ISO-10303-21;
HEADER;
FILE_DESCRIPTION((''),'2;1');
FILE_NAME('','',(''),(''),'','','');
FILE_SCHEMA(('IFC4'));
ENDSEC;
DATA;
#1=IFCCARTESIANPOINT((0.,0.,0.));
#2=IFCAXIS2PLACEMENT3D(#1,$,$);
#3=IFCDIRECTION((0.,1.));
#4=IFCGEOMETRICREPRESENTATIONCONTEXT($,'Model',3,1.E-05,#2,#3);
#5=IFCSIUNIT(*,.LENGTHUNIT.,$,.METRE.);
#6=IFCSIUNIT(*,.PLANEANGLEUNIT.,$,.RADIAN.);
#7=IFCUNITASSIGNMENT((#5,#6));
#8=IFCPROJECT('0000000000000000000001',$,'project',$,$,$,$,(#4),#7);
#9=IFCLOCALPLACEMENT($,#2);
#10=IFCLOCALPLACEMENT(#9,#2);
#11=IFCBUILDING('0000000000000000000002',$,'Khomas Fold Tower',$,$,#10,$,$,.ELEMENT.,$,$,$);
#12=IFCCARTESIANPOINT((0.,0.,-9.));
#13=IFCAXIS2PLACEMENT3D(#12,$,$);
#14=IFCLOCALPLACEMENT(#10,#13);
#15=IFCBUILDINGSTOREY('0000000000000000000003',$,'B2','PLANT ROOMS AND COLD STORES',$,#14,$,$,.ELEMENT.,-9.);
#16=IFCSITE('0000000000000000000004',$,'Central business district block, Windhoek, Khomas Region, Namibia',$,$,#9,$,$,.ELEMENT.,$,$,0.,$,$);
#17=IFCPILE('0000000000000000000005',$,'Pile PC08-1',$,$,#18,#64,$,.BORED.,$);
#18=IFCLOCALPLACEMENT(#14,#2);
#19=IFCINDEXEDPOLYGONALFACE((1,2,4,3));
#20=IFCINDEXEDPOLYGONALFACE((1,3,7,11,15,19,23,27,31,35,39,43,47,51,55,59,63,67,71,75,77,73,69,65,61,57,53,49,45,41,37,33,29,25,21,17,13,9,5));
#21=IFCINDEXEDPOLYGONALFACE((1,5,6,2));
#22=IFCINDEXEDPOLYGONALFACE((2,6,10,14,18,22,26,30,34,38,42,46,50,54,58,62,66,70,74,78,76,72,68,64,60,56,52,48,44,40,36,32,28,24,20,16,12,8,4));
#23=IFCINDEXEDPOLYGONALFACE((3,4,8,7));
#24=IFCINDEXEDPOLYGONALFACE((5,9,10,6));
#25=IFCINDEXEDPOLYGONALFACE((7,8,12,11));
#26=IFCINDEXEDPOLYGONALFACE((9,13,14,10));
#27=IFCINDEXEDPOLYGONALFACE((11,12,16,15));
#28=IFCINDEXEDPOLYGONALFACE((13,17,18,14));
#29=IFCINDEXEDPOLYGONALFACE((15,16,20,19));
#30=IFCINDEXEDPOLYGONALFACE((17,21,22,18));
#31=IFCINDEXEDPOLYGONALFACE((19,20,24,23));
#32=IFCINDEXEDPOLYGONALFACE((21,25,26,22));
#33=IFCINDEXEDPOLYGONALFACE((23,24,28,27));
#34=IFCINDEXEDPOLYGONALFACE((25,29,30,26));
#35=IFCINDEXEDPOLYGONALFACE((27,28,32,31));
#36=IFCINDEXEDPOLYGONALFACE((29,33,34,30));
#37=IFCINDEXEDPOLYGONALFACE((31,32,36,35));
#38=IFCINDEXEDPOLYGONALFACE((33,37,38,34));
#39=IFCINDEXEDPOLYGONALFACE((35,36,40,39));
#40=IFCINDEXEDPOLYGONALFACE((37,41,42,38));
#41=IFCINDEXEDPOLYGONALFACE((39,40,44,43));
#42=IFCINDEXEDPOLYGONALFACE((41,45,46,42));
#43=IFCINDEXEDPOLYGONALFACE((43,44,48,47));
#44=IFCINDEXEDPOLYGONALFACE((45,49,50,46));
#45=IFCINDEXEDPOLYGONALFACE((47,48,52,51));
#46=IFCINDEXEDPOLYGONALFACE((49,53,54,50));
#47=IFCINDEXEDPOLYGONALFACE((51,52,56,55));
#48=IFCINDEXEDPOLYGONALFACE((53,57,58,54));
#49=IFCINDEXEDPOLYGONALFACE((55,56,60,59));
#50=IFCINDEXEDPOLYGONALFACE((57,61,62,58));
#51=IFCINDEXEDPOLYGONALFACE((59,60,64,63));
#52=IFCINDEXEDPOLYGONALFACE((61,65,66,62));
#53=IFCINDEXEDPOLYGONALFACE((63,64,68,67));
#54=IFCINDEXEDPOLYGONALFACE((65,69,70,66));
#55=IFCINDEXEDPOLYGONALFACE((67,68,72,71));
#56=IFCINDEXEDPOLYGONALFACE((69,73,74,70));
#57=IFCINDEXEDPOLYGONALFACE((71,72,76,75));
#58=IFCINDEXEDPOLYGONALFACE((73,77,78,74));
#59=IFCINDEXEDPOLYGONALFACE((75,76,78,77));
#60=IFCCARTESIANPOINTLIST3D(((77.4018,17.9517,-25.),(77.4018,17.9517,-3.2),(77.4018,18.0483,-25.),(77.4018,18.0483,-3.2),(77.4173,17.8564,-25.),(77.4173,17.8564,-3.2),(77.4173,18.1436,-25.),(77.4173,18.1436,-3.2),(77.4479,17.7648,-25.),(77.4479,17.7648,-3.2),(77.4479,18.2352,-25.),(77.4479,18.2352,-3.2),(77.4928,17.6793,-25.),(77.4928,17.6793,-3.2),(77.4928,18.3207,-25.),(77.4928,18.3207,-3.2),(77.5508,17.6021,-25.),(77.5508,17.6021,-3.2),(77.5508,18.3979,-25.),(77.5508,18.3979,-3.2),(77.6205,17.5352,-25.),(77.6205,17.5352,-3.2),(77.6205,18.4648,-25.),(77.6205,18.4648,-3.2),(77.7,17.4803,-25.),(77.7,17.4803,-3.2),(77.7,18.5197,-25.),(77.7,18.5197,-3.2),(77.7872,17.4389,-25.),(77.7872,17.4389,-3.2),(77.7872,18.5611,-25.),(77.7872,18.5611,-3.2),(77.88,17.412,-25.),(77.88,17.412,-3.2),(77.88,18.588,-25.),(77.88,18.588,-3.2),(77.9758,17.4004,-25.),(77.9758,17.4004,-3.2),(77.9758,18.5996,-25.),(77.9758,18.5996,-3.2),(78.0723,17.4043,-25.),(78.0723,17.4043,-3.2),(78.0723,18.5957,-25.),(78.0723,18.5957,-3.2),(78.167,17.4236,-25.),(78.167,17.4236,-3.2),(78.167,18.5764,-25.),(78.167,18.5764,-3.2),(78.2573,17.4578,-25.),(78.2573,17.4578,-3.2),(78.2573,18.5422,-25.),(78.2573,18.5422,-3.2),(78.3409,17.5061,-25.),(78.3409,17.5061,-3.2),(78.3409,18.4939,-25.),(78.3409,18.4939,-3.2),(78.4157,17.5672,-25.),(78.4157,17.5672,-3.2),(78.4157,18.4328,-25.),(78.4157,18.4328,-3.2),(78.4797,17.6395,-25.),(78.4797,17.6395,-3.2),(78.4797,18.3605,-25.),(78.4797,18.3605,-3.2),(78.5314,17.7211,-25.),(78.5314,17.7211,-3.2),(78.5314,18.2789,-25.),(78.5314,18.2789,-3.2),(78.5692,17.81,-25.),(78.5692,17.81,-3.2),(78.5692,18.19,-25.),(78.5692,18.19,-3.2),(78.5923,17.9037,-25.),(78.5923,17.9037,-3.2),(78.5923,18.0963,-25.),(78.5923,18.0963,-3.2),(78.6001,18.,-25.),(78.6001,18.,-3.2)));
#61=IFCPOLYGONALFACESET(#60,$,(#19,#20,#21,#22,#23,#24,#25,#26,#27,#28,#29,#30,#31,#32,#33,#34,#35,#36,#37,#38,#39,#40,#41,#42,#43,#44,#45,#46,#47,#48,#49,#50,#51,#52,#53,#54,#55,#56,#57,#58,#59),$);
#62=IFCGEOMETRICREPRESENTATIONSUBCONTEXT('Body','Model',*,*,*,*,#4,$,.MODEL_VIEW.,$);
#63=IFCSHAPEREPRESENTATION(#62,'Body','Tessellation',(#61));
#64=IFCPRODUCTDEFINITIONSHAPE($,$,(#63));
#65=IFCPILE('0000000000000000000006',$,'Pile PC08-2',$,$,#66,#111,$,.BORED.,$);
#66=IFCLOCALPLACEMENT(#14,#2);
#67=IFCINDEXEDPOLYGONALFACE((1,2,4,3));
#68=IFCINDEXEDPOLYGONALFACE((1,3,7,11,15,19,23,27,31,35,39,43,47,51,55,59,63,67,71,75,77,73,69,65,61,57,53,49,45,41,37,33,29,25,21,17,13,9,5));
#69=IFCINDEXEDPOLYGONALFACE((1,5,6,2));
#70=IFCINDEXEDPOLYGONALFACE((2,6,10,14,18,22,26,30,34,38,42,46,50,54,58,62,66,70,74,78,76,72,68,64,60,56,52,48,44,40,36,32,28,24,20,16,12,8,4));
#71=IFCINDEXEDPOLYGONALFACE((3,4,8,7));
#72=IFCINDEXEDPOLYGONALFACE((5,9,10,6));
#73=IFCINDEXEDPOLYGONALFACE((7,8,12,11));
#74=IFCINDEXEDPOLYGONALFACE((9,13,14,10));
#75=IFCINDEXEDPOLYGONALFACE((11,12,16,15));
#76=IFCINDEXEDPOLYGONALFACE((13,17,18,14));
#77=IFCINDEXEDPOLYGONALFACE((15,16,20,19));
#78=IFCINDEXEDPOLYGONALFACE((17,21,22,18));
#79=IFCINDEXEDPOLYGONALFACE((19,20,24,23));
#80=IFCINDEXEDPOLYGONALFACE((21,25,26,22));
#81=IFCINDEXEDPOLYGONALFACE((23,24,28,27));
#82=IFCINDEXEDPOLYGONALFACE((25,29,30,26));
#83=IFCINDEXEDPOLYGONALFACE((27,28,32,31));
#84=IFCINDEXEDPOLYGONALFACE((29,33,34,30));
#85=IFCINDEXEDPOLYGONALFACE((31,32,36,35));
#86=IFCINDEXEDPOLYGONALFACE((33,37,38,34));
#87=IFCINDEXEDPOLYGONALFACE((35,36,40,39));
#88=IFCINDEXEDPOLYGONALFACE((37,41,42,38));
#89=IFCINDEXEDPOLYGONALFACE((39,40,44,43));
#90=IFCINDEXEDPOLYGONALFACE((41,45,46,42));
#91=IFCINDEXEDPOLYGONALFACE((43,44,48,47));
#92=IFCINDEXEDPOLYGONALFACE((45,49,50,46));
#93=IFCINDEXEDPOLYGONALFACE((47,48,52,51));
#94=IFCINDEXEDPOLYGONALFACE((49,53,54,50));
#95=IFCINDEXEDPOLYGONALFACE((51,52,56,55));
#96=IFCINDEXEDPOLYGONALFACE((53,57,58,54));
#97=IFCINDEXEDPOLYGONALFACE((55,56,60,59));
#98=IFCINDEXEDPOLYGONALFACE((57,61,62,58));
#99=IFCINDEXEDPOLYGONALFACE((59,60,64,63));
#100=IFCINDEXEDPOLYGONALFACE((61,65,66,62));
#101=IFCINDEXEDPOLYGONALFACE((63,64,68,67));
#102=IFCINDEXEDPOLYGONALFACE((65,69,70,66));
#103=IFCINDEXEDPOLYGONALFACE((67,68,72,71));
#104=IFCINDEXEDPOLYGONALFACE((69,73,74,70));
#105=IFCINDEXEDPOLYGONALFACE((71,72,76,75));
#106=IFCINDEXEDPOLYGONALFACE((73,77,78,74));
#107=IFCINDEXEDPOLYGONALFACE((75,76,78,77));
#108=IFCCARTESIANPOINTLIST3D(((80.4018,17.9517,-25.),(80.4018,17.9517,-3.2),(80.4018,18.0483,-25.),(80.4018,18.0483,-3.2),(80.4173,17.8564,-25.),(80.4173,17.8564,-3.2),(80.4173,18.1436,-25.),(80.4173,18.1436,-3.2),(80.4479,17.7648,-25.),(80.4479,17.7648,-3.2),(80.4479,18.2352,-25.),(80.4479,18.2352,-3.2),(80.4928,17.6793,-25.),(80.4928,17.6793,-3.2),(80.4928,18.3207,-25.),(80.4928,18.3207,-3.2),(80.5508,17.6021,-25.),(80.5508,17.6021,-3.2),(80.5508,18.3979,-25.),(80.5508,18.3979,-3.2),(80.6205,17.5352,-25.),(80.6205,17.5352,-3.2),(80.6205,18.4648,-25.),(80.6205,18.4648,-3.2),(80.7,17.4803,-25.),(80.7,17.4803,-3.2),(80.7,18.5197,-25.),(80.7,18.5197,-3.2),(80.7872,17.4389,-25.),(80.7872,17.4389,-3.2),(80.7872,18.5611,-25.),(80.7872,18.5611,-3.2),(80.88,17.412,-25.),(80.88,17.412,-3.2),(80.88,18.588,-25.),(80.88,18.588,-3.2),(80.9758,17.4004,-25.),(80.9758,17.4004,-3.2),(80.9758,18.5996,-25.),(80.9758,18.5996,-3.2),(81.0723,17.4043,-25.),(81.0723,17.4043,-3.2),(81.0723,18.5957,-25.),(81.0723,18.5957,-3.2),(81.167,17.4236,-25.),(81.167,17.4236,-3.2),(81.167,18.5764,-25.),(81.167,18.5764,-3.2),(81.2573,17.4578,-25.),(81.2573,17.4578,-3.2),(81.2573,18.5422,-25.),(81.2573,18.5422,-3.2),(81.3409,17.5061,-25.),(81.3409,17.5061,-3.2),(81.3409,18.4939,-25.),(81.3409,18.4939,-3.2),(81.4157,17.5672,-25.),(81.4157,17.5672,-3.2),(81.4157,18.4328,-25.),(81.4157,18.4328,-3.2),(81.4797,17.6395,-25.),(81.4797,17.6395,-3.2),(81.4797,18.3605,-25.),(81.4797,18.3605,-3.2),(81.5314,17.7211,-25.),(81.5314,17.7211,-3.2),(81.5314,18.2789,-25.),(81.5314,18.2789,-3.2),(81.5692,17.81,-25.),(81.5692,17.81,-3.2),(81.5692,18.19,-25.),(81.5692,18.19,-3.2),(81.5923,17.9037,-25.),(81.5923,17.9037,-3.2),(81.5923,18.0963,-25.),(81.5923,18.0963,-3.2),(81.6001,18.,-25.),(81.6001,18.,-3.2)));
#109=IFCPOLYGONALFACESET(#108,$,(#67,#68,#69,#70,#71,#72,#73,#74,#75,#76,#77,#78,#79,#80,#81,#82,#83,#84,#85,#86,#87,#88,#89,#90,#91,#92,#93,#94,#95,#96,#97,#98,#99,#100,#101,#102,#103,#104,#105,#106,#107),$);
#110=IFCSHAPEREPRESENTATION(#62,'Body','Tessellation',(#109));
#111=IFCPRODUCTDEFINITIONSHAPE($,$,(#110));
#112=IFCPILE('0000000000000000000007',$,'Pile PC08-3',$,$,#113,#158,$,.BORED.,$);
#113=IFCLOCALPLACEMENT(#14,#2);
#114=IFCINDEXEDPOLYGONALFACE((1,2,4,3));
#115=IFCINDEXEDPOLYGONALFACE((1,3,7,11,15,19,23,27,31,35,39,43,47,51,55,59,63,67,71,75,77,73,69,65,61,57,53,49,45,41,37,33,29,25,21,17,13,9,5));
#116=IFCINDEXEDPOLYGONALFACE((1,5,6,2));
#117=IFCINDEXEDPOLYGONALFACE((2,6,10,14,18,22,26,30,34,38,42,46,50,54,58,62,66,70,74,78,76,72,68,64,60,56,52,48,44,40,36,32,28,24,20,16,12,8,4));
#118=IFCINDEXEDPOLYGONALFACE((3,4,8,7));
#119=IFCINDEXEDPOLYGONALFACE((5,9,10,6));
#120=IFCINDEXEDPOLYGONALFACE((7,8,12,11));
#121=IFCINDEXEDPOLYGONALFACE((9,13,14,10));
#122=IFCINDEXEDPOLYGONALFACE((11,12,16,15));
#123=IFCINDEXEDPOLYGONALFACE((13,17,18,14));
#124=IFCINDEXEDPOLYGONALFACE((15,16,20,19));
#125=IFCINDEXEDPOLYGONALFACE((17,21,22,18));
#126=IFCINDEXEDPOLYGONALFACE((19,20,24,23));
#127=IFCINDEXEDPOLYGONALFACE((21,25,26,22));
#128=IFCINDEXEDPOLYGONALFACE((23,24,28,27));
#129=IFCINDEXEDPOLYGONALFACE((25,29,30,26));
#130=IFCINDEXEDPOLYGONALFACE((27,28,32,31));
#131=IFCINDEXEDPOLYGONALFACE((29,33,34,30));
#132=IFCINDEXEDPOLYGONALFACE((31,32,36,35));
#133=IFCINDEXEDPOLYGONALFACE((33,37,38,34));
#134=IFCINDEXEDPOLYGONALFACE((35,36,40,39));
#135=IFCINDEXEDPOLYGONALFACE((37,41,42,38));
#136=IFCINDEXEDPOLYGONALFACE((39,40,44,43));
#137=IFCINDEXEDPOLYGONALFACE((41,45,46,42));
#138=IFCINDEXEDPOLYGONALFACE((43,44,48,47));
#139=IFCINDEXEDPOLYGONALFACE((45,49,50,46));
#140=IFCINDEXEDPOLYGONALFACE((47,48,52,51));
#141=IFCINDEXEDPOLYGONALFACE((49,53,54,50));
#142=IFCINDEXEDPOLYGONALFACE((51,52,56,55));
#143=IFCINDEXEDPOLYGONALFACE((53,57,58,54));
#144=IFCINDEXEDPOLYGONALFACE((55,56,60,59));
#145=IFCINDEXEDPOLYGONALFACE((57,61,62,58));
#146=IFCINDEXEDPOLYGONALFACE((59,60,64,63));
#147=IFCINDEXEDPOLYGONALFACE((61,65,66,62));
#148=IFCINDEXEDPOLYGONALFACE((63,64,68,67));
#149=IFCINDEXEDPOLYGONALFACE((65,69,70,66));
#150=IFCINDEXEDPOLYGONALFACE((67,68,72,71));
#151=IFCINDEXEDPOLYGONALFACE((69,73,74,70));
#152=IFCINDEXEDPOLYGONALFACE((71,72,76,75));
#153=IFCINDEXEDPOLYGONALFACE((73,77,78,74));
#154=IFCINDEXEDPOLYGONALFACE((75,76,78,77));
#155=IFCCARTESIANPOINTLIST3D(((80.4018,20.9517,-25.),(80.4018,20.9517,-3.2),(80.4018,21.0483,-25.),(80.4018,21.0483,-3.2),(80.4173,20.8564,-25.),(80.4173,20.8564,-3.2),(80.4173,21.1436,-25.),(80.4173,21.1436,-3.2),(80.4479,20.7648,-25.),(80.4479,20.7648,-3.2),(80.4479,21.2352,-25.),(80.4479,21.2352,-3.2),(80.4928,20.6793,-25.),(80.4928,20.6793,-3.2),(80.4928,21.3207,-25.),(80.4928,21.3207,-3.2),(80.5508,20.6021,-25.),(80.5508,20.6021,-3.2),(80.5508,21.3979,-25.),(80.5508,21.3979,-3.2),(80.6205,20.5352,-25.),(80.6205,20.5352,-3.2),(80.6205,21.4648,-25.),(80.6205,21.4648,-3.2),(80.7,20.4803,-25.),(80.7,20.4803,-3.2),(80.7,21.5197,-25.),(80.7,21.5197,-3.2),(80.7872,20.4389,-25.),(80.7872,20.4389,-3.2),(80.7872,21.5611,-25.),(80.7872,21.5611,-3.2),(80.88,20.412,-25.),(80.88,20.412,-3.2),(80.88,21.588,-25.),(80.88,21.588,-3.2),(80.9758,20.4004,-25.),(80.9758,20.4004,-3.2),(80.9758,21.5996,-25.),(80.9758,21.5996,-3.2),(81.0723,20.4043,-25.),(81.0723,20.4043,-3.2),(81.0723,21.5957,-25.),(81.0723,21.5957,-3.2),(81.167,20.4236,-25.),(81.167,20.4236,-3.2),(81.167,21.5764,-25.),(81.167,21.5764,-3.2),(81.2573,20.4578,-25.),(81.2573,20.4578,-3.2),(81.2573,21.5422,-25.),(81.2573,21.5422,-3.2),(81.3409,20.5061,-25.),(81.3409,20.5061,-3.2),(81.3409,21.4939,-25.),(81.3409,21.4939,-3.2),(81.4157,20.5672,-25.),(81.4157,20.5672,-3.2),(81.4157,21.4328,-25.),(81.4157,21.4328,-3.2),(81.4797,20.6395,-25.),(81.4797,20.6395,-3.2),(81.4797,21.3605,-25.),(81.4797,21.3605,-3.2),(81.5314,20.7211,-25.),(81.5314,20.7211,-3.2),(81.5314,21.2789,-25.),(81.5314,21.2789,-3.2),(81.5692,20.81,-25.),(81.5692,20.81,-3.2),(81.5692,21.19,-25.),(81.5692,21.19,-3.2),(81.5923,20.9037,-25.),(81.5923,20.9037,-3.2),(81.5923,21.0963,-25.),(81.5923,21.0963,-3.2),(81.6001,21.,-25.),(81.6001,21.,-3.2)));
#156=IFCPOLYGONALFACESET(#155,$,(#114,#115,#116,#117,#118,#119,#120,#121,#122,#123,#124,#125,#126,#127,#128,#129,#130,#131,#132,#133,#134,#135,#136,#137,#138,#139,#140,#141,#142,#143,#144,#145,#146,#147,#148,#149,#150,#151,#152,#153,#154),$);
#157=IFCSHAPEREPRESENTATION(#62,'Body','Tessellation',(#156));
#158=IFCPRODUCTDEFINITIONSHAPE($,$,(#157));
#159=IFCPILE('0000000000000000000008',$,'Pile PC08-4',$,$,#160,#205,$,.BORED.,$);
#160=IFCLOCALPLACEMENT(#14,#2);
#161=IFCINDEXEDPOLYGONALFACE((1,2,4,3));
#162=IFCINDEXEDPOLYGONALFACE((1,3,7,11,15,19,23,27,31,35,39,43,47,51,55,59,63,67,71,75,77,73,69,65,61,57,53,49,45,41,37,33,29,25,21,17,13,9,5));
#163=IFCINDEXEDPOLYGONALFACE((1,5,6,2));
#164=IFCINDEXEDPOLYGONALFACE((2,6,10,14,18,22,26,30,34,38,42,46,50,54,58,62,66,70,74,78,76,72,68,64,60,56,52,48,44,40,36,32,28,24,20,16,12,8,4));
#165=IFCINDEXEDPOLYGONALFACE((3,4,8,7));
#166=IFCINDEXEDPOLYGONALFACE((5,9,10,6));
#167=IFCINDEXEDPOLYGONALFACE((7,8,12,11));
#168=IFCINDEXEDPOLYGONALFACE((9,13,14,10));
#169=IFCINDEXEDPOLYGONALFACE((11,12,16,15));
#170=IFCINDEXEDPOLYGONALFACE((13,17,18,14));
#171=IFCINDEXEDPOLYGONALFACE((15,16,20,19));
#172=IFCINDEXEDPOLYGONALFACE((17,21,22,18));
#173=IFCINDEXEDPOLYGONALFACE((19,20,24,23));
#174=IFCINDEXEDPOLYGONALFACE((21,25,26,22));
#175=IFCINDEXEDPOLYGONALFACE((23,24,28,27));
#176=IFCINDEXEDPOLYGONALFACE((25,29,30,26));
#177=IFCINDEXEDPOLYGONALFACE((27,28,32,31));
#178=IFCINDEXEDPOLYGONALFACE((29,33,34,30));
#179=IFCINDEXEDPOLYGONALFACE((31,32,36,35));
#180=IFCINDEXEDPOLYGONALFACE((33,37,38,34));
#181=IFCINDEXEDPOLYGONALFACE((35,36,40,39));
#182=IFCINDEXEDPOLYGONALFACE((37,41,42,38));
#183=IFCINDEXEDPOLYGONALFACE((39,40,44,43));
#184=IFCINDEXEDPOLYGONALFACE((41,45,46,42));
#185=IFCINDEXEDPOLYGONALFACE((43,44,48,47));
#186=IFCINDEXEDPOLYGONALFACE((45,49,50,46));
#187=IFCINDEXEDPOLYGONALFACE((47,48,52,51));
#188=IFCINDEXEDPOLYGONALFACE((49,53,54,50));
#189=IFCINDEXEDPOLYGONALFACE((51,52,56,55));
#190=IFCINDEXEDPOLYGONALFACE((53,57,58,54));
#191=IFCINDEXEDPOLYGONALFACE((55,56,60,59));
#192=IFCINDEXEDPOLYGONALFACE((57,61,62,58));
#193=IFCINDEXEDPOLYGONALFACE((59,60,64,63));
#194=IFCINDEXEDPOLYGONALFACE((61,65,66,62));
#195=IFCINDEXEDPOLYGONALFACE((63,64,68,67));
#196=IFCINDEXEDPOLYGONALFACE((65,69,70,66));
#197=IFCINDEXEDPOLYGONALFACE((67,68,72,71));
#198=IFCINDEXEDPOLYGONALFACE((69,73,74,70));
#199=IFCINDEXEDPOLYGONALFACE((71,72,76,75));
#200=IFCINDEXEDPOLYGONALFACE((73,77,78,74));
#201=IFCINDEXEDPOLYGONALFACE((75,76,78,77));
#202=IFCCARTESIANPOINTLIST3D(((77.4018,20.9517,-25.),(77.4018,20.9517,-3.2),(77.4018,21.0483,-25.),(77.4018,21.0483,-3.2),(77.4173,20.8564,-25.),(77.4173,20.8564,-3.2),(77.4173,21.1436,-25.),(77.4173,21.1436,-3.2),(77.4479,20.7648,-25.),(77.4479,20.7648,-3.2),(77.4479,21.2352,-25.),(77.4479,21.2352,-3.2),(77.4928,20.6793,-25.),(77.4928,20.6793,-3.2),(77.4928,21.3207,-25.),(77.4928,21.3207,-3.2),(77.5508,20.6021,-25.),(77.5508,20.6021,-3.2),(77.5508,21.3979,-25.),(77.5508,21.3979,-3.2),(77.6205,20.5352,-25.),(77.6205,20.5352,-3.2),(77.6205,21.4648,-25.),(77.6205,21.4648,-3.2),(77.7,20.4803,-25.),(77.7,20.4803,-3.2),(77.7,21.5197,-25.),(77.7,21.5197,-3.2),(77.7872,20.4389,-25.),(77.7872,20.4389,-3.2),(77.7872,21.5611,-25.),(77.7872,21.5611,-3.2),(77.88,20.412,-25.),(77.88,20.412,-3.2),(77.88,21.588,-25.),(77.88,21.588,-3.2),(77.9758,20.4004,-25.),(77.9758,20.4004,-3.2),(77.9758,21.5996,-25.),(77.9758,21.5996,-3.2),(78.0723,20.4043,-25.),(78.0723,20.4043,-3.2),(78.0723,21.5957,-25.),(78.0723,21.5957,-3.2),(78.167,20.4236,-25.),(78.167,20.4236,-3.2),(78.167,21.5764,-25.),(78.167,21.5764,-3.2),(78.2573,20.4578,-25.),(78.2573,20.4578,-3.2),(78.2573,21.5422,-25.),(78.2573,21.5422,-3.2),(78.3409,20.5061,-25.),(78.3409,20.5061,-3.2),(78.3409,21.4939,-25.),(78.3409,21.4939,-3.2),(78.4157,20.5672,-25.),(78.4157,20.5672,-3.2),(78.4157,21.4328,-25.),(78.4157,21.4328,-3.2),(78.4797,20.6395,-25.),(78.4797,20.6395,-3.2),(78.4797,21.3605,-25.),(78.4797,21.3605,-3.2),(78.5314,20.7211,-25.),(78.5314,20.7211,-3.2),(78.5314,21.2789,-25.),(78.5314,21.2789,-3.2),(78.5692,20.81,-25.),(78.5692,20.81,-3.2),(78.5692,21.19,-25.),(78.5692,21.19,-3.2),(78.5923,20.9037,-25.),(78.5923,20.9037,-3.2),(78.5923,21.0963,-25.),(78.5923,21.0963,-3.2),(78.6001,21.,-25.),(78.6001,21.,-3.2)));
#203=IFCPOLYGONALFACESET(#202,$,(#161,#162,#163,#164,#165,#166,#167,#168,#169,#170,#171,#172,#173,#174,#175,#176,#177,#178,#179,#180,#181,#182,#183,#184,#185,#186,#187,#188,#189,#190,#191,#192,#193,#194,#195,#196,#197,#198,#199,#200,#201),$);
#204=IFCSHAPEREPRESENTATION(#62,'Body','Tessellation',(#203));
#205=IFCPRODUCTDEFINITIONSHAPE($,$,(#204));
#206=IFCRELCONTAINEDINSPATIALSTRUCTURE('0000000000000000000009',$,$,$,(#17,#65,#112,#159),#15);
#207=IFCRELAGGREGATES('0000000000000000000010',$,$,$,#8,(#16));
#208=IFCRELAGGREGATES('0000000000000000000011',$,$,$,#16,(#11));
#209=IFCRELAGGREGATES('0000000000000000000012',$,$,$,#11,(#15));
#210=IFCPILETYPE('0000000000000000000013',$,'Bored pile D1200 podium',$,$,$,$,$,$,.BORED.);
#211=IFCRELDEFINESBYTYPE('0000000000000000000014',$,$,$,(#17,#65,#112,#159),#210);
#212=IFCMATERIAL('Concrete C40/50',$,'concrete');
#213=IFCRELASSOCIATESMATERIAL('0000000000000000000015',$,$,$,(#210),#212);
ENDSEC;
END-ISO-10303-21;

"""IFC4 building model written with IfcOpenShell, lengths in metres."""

from ifc_helpers import new_model, si_unit, direction, frame, origin, origin_2d, place, context, subcontext, project, spatial, circle, extrude, source, transform, mapped, material, material_profile, profile_set, type_object, element, save


model = new_model("IFC4")

# Units and contexts
model_context = context("Model", 3, precision=1e-05, world=origin(), true_north=direction((0.0, 1.0)))
body_context = subcontext(model_context, "Body", "Model", "MODEL_VIEW")
ifc_project = project(units=[si_unit("LENGTHUNIT", "METRE"), si_unit("PLANEANGLEUNIT", "RADIAN")], contexts=[model_context])

# Site, building, storey
site_placement = place(None, origin())
site = spatial("IfcSite", under=ifc_project, at=site_placement, Name="Central business district block, Windhoek, Khomas Region, Namibia", CompositionType="ELEMENT", RefElevation=0.0)
building_placement = place(site_placement, origin())
building = spatial("IfcBuilding", under=site, at=building_placement, Name="Khomas Fold Tower", CompositionType="ELEMENT")
storey_placement = place(building_placement, frame((0.0, 0.0, -9.0)))
storey = spatial("IfcBuildingStorey", under=building, at=storey_placement, Name="B2", Description="PLANT ROOMS AND COLD STORES", CompositionType="ELEMENT", Elevation=-9.0)

# Piles
ifc_material_1 = material(Name="Concrete C40/50", Category="concrete")
ifc_material_profile_1 = material_profile(ifc_material_1, circle(Radius=0.6001, at=origin_2d()), Name="PILE D1200")
ifc_profile_set_1 = profile_set([ifc_material_profile_1], Name="Concrete C40/50")
pile_type = type_object("IfcPileType", Name="Bored pile D1200 podium", PredefinedType="BORED", material=ifc_profile_set_1)
shared_shape_1 = source(origin(), body_context, "Body", "SweptSolid", [
    extrude(circle(Radius=0.6001, at=origin_2d()), origin(), (0.0, 0.0, 1.0), 21.8),
])
for number, where, z_axis, x_axis, name in (
    (1, (78.0, 18.0, -3.2), (0.0, 0.0, -1.0), (1.0, 0.0, 0.0), "Pile PC08-1"),
    (2, (81.0, 18.0, -3.2), (0.0, 0.0, -1.0), (1.0, 0.0, 0.0), "Pile PC08-2"),
    (3, (81.0, 21.0, -3.2), (0.0, 0.0, -1.0), (1.0, 0.0, 0.0), "Pile PC08-3"),
    (4, (78.0, 21.0, -3.2), (0.0, 0.0, -1.0), (1.0, 0.0, 0.0), "Pile PC08-4"),
):
    element("IfcPile", number, at=place(storey_placement, frame(where, z_axis=z_axis, x_axis=x_axis)), inside=storey, type_object=pile_type, Name=name, PredefinedType="BORED", context=body_context, shape_type="MappedRepresentation", body=[
        mapped(shared_shape_1, transform((0.0, 0.0, 0.0))),
    ])

save(model, "model.ifc")
